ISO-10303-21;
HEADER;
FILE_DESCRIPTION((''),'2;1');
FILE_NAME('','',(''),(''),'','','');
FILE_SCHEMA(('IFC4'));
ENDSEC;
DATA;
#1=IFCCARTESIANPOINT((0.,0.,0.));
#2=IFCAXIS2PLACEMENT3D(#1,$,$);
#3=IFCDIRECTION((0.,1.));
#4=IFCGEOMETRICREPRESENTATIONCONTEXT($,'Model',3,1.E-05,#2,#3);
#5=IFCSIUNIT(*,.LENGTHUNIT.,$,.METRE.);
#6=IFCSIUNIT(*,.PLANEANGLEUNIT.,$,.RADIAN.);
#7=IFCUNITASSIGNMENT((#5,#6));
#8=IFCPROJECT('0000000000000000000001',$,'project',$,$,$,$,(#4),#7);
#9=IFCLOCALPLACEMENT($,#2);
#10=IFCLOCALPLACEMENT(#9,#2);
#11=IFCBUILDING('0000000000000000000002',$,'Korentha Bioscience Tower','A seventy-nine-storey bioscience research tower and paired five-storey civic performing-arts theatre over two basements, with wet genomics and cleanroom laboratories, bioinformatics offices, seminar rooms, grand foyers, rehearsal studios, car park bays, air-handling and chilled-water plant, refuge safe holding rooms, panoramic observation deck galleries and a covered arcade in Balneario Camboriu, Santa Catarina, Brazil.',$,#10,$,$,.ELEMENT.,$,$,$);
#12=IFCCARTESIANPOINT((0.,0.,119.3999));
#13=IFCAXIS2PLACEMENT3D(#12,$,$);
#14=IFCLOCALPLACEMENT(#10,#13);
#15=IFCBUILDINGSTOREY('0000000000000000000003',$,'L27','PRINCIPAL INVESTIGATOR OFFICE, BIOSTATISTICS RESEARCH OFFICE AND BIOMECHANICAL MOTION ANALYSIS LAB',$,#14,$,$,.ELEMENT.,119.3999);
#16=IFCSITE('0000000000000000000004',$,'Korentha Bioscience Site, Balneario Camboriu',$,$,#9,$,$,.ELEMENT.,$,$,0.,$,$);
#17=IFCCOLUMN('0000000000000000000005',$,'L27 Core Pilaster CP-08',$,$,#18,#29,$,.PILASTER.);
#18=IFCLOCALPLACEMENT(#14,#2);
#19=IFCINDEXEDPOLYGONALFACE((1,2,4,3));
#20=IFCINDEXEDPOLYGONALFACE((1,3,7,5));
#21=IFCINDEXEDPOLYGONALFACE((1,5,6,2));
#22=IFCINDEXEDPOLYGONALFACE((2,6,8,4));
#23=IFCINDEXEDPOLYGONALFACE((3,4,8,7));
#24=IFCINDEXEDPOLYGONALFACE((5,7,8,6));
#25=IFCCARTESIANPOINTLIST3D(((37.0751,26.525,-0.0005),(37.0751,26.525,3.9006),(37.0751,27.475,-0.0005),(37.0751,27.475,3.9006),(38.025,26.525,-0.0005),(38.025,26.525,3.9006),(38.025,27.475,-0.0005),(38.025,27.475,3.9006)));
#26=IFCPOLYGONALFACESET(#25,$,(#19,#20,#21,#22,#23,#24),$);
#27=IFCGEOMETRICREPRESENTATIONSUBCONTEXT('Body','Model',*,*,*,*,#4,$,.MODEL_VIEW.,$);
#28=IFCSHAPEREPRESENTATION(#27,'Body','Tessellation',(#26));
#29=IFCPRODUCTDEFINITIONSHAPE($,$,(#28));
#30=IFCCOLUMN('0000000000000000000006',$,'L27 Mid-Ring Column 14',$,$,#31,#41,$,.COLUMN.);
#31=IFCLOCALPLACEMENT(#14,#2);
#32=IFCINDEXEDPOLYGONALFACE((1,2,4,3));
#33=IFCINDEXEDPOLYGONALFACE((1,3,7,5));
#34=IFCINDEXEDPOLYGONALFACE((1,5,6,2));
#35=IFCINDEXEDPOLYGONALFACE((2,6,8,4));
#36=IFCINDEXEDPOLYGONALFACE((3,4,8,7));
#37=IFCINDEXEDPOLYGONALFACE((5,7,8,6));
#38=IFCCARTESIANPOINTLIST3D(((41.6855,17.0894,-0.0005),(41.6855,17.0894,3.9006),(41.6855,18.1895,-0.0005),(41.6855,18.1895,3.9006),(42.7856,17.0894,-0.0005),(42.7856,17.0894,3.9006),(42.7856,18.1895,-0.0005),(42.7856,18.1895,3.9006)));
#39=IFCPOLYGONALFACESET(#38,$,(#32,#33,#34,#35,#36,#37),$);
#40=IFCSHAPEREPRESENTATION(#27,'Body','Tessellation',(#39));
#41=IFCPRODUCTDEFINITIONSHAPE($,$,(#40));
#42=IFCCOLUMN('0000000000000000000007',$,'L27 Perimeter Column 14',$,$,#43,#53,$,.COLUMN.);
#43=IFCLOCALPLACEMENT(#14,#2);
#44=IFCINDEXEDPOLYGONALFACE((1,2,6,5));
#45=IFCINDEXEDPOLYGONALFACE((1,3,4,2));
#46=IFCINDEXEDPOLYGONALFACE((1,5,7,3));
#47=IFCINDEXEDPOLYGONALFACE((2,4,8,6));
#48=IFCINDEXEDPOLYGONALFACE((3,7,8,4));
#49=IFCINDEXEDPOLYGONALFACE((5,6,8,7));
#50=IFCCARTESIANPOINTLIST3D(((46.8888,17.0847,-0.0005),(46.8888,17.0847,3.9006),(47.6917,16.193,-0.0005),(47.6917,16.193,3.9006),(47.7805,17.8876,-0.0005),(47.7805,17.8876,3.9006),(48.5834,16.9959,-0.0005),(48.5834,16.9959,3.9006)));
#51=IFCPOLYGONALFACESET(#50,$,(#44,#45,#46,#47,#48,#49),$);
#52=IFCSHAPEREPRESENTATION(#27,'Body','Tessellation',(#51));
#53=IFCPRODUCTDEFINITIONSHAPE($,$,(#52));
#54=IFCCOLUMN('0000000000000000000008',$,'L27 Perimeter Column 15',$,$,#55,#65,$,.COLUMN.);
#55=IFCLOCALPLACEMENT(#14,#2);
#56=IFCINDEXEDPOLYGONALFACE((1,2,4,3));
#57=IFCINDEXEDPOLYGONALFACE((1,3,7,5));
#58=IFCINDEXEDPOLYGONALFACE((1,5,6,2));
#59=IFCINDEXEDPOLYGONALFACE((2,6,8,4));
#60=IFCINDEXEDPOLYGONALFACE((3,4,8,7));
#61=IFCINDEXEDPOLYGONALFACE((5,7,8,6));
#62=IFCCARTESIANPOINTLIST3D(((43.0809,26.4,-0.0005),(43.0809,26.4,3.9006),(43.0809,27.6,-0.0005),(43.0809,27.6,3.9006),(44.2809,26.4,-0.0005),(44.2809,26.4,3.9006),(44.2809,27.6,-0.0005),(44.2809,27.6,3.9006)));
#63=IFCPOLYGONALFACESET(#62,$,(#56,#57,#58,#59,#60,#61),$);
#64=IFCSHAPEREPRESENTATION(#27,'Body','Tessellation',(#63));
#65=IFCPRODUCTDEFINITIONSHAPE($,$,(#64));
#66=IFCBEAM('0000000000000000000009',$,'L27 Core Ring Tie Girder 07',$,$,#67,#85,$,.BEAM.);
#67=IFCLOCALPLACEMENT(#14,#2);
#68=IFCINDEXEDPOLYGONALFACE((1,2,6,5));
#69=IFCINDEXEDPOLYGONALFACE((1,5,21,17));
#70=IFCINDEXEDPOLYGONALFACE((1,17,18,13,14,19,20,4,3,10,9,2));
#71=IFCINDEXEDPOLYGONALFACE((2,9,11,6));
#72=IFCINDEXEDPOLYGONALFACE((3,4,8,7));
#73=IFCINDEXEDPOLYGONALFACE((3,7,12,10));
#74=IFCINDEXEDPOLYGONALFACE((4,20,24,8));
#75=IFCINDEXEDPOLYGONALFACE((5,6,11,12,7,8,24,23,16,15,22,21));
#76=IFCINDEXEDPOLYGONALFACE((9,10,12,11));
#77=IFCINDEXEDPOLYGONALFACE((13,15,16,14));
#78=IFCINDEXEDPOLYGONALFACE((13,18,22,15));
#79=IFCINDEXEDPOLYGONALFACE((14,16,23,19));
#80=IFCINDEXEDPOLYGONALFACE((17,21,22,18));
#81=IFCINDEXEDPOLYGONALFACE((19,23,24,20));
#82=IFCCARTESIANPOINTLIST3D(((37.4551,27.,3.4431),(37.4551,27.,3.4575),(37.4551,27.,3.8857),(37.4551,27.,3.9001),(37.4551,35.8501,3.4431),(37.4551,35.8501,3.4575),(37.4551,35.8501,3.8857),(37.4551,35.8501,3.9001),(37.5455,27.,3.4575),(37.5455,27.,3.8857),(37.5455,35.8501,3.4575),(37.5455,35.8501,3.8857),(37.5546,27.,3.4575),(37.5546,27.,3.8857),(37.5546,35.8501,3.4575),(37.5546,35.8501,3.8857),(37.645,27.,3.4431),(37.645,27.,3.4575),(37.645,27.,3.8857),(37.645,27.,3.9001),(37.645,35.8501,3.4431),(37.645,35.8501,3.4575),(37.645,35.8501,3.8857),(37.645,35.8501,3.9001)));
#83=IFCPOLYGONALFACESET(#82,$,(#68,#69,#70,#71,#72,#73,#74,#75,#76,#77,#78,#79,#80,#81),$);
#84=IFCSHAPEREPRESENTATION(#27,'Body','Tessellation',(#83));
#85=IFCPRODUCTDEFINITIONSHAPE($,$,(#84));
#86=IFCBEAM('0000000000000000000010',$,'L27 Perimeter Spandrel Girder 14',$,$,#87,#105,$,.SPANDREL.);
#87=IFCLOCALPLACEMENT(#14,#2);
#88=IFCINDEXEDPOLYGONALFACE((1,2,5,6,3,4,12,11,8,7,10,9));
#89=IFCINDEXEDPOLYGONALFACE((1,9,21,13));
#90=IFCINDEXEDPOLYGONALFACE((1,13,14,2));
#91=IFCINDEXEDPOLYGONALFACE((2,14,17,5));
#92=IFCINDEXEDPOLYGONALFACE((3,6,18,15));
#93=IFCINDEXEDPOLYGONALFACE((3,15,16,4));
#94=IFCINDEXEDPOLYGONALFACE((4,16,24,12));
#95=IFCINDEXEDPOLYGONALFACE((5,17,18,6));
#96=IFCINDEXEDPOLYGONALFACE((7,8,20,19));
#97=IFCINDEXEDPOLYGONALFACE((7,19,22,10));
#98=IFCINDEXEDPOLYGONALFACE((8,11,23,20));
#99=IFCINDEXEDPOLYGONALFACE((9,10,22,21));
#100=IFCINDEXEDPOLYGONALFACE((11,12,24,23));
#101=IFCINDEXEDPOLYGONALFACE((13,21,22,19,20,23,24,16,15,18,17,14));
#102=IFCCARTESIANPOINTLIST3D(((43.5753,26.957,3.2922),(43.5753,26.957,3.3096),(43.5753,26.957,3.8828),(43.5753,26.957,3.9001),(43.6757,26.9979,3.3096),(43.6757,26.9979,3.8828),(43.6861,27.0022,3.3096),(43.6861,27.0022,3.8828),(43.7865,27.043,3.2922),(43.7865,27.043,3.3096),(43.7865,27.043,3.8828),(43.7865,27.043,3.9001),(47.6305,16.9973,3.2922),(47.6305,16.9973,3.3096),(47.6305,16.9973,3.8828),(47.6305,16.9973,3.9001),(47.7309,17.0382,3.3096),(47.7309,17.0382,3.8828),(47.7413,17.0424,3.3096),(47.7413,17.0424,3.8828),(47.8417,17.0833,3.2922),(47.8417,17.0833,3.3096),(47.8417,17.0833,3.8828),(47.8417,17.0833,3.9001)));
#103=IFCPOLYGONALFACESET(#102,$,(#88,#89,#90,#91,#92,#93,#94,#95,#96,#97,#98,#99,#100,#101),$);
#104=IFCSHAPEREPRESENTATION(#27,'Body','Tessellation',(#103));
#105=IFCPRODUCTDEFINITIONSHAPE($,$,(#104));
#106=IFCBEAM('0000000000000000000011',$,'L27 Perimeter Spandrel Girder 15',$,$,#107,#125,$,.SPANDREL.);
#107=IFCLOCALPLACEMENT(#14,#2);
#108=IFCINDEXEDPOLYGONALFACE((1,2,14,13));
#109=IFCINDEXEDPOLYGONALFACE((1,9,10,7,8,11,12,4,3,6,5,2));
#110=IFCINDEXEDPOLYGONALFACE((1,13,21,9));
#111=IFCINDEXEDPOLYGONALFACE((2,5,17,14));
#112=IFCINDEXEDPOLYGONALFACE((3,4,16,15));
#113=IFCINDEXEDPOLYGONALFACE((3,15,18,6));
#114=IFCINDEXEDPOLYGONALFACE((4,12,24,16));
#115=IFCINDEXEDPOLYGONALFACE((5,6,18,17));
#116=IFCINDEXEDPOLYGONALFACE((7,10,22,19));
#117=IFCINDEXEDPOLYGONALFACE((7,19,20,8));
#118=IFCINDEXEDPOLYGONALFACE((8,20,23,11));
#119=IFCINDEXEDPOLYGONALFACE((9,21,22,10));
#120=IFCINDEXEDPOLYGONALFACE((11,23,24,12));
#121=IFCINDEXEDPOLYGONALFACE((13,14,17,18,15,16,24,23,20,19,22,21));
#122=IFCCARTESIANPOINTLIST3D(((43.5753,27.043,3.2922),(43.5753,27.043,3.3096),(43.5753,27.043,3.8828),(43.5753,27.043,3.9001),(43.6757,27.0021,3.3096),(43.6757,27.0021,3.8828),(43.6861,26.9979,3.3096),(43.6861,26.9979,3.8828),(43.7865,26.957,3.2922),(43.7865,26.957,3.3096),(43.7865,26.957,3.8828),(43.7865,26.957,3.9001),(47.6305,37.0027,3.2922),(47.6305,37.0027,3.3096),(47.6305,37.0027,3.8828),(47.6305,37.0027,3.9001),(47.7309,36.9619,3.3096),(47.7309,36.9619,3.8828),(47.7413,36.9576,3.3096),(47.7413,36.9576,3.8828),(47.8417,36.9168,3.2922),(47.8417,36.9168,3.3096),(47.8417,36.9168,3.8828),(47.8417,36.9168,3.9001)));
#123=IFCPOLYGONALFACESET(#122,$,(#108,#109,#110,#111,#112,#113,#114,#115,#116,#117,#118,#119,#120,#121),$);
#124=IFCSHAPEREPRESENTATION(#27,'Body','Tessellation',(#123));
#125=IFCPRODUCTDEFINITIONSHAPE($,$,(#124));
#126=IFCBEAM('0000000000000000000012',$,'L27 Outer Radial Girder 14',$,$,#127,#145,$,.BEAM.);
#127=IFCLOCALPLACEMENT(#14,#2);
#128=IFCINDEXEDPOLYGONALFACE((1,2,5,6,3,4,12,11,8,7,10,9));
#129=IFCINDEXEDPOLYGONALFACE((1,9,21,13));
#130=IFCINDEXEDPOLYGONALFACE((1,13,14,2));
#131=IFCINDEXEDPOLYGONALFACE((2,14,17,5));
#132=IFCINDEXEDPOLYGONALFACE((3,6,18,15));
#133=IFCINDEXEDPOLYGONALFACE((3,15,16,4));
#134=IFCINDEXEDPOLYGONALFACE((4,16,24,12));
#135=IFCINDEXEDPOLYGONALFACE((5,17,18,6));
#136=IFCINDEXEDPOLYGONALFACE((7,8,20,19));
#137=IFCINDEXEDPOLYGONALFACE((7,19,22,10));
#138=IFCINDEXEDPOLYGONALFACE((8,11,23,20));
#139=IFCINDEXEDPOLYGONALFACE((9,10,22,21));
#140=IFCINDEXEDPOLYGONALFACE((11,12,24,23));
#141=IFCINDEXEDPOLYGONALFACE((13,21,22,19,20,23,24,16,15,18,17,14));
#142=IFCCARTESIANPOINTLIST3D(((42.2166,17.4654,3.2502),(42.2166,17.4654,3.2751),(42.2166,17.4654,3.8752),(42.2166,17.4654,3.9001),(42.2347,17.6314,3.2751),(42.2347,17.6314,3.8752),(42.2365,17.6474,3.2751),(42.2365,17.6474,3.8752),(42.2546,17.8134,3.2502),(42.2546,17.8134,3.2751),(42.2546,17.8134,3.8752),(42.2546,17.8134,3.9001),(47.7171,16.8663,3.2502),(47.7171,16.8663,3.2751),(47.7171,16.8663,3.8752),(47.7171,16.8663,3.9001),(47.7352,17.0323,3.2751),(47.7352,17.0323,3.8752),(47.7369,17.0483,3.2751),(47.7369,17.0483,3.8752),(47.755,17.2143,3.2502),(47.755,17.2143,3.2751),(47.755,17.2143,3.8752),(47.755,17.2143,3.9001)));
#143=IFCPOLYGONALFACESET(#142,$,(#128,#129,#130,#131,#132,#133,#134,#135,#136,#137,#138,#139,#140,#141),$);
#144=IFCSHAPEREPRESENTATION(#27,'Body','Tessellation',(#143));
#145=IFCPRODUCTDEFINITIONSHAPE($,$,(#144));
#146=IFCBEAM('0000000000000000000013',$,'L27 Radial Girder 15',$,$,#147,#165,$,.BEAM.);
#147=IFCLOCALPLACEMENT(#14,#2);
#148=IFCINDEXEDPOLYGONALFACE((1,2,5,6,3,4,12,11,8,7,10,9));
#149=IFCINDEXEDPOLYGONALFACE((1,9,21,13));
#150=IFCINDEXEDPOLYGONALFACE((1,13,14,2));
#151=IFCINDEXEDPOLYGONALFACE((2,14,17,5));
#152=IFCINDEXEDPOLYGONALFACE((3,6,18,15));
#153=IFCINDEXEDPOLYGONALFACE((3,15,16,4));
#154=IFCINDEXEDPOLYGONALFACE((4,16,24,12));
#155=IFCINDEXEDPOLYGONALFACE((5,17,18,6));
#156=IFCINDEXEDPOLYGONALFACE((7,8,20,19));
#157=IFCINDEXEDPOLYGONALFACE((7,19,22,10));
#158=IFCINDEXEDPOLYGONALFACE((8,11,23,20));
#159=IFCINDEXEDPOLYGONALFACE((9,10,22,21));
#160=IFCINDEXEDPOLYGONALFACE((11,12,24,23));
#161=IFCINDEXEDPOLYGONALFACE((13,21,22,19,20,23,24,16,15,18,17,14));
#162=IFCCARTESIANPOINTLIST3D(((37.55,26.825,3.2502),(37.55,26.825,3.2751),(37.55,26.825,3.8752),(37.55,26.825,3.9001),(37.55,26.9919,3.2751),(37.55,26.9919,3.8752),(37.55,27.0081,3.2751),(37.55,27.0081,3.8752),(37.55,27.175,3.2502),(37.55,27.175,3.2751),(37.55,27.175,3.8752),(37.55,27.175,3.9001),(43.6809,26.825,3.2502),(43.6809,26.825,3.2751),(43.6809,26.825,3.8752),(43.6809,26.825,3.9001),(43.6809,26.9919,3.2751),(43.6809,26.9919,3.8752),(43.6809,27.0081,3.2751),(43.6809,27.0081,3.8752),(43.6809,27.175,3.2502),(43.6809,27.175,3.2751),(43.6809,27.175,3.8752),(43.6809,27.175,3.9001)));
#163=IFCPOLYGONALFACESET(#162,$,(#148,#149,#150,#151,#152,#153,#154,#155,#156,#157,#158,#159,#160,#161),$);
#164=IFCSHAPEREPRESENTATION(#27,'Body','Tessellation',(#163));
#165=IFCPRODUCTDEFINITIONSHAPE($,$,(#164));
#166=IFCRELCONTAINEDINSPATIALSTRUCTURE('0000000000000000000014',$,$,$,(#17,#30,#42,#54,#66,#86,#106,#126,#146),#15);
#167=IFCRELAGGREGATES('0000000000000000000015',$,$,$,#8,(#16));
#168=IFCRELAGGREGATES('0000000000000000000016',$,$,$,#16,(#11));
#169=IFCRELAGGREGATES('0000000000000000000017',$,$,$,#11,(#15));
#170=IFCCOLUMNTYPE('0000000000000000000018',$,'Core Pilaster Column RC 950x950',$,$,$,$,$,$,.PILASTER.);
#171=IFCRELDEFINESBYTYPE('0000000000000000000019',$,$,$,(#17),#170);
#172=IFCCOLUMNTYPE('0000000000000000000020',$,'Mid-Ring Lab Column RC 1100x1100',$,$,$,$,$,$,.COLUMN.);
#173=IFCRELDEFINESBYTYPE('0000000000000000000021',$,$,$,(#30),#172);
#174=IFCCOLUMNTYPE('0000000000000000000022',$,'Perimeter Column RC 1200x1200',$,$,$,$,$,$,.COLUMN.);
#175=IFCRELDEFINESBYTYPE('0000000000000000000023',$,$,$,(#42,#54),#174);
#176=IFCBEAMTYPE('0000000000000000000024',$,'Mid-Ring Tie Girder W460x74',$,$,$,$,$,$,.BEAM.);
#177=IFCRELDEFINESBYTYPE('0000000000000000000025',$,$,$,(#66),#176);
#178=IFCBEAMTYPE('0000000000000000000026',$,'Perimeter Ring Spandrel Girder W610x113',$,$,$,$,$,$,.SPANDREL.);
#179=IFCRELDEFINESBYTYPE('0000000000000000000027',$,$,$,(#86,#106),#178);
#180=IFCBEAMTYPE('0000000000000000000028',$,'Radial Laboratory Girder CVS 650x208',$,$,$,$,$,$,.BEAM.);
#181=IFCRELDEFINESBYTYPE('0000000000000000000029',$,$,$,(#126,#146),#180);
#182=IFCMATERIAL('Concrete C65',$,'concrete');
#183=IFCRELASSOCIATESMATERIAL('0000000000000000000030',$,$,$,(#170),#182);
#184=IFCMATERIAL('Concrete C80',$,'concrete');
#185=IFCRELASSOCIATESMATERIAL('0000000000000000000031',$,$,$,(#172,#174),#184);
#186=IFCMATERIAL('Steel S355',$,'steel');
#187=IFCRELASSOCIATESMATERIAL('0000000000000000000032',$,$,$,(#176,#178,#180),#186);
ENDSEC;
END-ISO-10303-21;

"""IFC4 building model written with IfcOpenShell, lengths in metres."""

from ifc_helpers import new_model, si_unit, direction, frame, origin, origin_2d, place, context, subcontext, project, spatial, rectangle, i_section, extrude, material, material_profile, profile_set, type_object, element, save


model = new_model("IFC4")

# Units and contexts
model_context = context("Model", 3, precision=1e-05, world=origin(), true_north=direction((0.0, 1.0)))
body_context = subcontext(model_context, "Body", "Model", "MODEL_VIEW")
ifc_project = project(units=[si_unit("LENGTHUNIT", "METRE"), si_unit("PLANEANGLEUNIT", "RADIAN")], contexts=[model_context])

# Site, building, storey
site_placement = place(None, origin())
site = spatial("IfcSite", under=ifc_project, at=site_placement, Name="Korentha Bioscience Site, Balneario Camboriu", CompositionType="ELEMENT", RefElevation=0.0)
building_placement = place(site_placement, origin())
building = spatial("IfcBuilding", under=site, at=building_placement, Name="Korentha Bioscience Tower", Description="A seventy-nine-storey bioscience research tower and paired five-storey civic performing-arts theatre over two basements, with wet genomics and cleanroom laboratories, bioinformatics offices, seminar rooms, grand foyers, rehearsal studios, car park bays, air-handling and chilled-water plant, refuge safe holding rooms, panoramic observation deck galleries and a covered arcade in Balneario Camboriu, Santa Catarina, Brazil.", CompositionType="ELEMENT")
storey_placement = place(building_placement, frame((0.0, 0.0, 119.3999)))
storey = spatial("IfcBuildingStorey", under=building, at=storey_placement, Name="L27", Description="PRINCIPAL INVESTIGATOR OFFICE, BIOSTATISTICS RESEARCH OFFICE AND BIOMECHANICAL MOTION ANALYSIS LAB", CompositionType="ELEMENT", Elevation=119.3999)

# Columns
ifc_material_1 = material(Name="Concrete C65", Category="concrete")
ifc_material_profile_1 = material_profile(ifc_material_1, rectangle(XDim=0.95, YDim=0.95, at=origin_2d()), Name="Concrete C65")
ifc_profile_set_1 = profile_set([ifc_material_profile_1], Name="Concrete C65 (COL-CP09)")
column_type_1 = type_object("IfcColumnType", Name="Core Pilaster Column RC 950x950", PredefinedType="PILASTER", material=ifc_profile_set_1)
column_1_placement = place(storey_placement, frame((37.55, 27.0, -0.0005), z_axis=(0.0, 0.0, 1.0), x_axis=(1.0, 0.0, 0.0)))
element("IfcColumn", 1, at=column_1_placement, inside=storey, type_object=column_type_1, Name="L27 Core Pilaster CP-08", PredefinedType="PILASTER", context=body_context, shape_type="SweptSolid", body=[
    extrude(rectangle(XDim=0.95, YDim=0.95, at=origin_2d()), origin(), (0.0, 0.0, 1.0), 3.9011),
])
ifc_material_2 = material(Name="Concrete C80", Category="concrete")
ifc_material_profile_2 = material_profile(ifc_material_2, rectangle(XDim=1.1001, YDim=1.1001, at=origin_2d()), Name="Concrete C80")
ifc_profile_set_2 = profile_set([ifc_material_profile_2], Name="Concrete C80 (COL-MR11)")
column_type_2 = type_object("IfcColumnType", Name="Mid-Ring Lab Column RC 1100x1100", PredefinedType="COLUMN", material=ifc_profile_set_2)
column_2_placement = place(storey_placement, frame((42.2356, 17.6394, -0.0005), z_axis=(0.0, 0.0, 1.0), x_axis=(1.0, 0.0, 0.0)))
element("IfcColumn", 2, at=column_2_placement, inside=storey, type_object=column_type_2, Name="L27 Mid-Ring Column 14", PredefinedType="COLUMN", context=body_context, shape_type="SweptSolid", body=[
    extrude(rectangle(XDim=1.1001, YDim=1.1001, at=origin_2d()), origin(), (0.0, 0.0, 1.0), 3.9011),
])
ifc_material_profile_3 = material_profile(ifc_material_2, rectangle(XDim=1.2, YDim=1.2, at=origin_2d()), Name="Concrete C80")
ifc_profile_set_3 = profile_set([ifc_material_profile_3], Name="Concrete C80 (COL-P12)")
column_type_3 = type_object("IfcColumnType", Name="Perimeter Column RC 1200x1200", PredefinedType="COLUMN", material=ifc_profile_set_3)
for number, where, z_axis, x_axis, name in (
    (3, (47.7361, 17.0403, -0.0005), (0.0, 0.0, 1.0), (-0.669131, 0.743145, 0.0), "L27 Perimeter Column 14"),
    (4, (43.6809, 27.0, -0.0005), (0.0, 0.0, 1.0), (0.0, 1.0, 0.0), "L27 Perimeter Column 15"),
):
    element("IfcColumn", number, at=place(storey_placement, frame(where, z_axis=z_axis, x_axis=x_axis)), inside=storey, type_object=column_type_3, Name=name, PredefinedType="COLUMN", context=body_context, shape_type="SweptSolid", body=[
        extrude(rectangle(XDim=1.2, YDim=1.2, at=origin_2d()), origin(), (0.0, 0.0, 1.0), 3.9011),
    ])

# Beams
ifc_material_3 = material(Name="Steel S355", Category="steel")
ifc_material_profile_4 = material_profile(ifc_material_3, i_section(OverallWidth=0.1899, OverallDepth=0.457, WebThickness=0.009, FlangeThickness=0.0144, at=origin_2d()), Name="Steel S355")
ifc_profile_set_4 = profile_set([ifc_material_profile_4], Name="Steel S355 (MB-460)")
beam_type_1 = type_object("IfcBeamType", Name="Mid-Ring Tie Girder W460x74", PredefinedType="BEAM", material=ifc_profile_set_4)
beam_1_placement = place(storey_placement, frame((37.55, 27.0, 3.6716), z_axis=(0.0, 1.0, 0.0), x_axis=(-1.0, 0.0, 0.0)))
element("IfcBeam", 5, at=beam_1_placement, inside=storey, type_object=beam_type_1, Name="L27 Core Ring Tie Girder 07", PredefinedType="BEAM", context=body_context, shape_type="SweptSolid", body=[
    extrude(i_section(OverallWidth=0.1899, OverallDepth=0.457, WebThickness=0.009, FlangeThickness=0.0144, at=origin_2d()), origin(), (0.0, 0.0, 1.0), 8.8501),
])
ifc_material_profile_5 = material_profile(ifc_material_3, i_section(OverallWidth=0.228, OverallDepth=0.6079, WebThickness=0.0112, FlangeThickness=0.0173, at=origin_2d()), Name="Steel S355")
ifc_profile_set_5 = profile_set([ifc_material_profile_5], Name="Steel S355 (SB-610)")
beam_type_2 = type_object("IfcBeamType", Name="Perimeter Ring Spandrel Girder W610x113", PredefinedType="SPANDREL", material=ifc_profile_set_5)
for number, where, z_axis, x_axis, name in (
    (6, (47.7361, 17.0403, 3.5962), (-0.377099, 0.926173, 0.0), (-0.926173, -0.377099, 0.0), "L27 Perimeter Spandrel Girder 14"),
    (7, (43.6809, 27.0, 3.5962), (0.377099, 0.926173, 0.0), (-0.926173, 0.377099, 0.0), "L27 Perimeter Spandrel Girder 15"),
):
    element("IfcBeam", number, at=place(storey_placement, frame(where, z_axis=z_axis, x_axis=x_axis)), inside=storey, type_object=beam_type_2, Name=name, PredefinedType="SPANDREL", context=body_context, shape_type="SweptSolid", body=[
        extrude(i_section(OverallWidth=0.228, OverallDepth=0.6079, WebThickness=0.0112, FlangeThickness=0.0173, at=origin_2d()), origin(), (0.0, 0.0, 1.0), 10.7537),
    ])
ifc_material_profile_6 = material_profile(ifc_material_3, i_section(OverallWidth=0.3501, OverallDepth=0.6499, WebThickness=0.0161, FlangeThickness=0.0249, at=origin_2d()), Name="Steel S355")
ifc_profile_set_6 = profile_set([ifc_material_profile_6], Name="Steel S355 (RB-650)")
beam_type_3 = type_object("IfcBeamType", Name="Radial Laboratory Girder CVS 650x208", PredefinedType="BEAM", material=ifc_profile_set_6)
beam_2_placement = place(storey_placement, frame((42.2356, 17.6394, 3.5752), z_axis=(0.99412, -0.108281, 0.0), x_axis=(0.108281, 0.99412, 0.0)))
element("IfcBeam", 8, at=beam_2_placement, inside=storey, type_object=beam_type_3, Name="L27 Outer Radial Girder 14", PredefinedType="BEAM", context=body_context, shape_type="SweptSolid", body=[
    extrude(i_section(OverallWidth=0.3501, OverallDepth=0.6499, WebThickness=0.0161, FlangeThickness=0.0249, at=origin_2d()), origin(), (0.0, 0.0, 1.0), 5.533),
])
beam_3_placement = place(storey_placement, frame((37.55, 27.0, 3.5752), z_axis=(1.0, 0.0, 0.0), x_axis=(0.0, 1.0, 0.0)))
element("IfcBeam", 9, at=beam_3_placement, inside=storey, type_object=beam_type_3, Name="L27 Radial Girder 15", PredefinedType="BEAM", context=body_context, shape_type="SweptSolid", body=[
    extrude(i_section(OverallWidth=0.3501, OverallDepth=0.6499, WebThickness=0.0161, FlangeThickness=0.0249, at=origin_2d()), origin(), (0.0, 0.0, 1.0), 6.1309),
])

save(model, "model.ifc")
